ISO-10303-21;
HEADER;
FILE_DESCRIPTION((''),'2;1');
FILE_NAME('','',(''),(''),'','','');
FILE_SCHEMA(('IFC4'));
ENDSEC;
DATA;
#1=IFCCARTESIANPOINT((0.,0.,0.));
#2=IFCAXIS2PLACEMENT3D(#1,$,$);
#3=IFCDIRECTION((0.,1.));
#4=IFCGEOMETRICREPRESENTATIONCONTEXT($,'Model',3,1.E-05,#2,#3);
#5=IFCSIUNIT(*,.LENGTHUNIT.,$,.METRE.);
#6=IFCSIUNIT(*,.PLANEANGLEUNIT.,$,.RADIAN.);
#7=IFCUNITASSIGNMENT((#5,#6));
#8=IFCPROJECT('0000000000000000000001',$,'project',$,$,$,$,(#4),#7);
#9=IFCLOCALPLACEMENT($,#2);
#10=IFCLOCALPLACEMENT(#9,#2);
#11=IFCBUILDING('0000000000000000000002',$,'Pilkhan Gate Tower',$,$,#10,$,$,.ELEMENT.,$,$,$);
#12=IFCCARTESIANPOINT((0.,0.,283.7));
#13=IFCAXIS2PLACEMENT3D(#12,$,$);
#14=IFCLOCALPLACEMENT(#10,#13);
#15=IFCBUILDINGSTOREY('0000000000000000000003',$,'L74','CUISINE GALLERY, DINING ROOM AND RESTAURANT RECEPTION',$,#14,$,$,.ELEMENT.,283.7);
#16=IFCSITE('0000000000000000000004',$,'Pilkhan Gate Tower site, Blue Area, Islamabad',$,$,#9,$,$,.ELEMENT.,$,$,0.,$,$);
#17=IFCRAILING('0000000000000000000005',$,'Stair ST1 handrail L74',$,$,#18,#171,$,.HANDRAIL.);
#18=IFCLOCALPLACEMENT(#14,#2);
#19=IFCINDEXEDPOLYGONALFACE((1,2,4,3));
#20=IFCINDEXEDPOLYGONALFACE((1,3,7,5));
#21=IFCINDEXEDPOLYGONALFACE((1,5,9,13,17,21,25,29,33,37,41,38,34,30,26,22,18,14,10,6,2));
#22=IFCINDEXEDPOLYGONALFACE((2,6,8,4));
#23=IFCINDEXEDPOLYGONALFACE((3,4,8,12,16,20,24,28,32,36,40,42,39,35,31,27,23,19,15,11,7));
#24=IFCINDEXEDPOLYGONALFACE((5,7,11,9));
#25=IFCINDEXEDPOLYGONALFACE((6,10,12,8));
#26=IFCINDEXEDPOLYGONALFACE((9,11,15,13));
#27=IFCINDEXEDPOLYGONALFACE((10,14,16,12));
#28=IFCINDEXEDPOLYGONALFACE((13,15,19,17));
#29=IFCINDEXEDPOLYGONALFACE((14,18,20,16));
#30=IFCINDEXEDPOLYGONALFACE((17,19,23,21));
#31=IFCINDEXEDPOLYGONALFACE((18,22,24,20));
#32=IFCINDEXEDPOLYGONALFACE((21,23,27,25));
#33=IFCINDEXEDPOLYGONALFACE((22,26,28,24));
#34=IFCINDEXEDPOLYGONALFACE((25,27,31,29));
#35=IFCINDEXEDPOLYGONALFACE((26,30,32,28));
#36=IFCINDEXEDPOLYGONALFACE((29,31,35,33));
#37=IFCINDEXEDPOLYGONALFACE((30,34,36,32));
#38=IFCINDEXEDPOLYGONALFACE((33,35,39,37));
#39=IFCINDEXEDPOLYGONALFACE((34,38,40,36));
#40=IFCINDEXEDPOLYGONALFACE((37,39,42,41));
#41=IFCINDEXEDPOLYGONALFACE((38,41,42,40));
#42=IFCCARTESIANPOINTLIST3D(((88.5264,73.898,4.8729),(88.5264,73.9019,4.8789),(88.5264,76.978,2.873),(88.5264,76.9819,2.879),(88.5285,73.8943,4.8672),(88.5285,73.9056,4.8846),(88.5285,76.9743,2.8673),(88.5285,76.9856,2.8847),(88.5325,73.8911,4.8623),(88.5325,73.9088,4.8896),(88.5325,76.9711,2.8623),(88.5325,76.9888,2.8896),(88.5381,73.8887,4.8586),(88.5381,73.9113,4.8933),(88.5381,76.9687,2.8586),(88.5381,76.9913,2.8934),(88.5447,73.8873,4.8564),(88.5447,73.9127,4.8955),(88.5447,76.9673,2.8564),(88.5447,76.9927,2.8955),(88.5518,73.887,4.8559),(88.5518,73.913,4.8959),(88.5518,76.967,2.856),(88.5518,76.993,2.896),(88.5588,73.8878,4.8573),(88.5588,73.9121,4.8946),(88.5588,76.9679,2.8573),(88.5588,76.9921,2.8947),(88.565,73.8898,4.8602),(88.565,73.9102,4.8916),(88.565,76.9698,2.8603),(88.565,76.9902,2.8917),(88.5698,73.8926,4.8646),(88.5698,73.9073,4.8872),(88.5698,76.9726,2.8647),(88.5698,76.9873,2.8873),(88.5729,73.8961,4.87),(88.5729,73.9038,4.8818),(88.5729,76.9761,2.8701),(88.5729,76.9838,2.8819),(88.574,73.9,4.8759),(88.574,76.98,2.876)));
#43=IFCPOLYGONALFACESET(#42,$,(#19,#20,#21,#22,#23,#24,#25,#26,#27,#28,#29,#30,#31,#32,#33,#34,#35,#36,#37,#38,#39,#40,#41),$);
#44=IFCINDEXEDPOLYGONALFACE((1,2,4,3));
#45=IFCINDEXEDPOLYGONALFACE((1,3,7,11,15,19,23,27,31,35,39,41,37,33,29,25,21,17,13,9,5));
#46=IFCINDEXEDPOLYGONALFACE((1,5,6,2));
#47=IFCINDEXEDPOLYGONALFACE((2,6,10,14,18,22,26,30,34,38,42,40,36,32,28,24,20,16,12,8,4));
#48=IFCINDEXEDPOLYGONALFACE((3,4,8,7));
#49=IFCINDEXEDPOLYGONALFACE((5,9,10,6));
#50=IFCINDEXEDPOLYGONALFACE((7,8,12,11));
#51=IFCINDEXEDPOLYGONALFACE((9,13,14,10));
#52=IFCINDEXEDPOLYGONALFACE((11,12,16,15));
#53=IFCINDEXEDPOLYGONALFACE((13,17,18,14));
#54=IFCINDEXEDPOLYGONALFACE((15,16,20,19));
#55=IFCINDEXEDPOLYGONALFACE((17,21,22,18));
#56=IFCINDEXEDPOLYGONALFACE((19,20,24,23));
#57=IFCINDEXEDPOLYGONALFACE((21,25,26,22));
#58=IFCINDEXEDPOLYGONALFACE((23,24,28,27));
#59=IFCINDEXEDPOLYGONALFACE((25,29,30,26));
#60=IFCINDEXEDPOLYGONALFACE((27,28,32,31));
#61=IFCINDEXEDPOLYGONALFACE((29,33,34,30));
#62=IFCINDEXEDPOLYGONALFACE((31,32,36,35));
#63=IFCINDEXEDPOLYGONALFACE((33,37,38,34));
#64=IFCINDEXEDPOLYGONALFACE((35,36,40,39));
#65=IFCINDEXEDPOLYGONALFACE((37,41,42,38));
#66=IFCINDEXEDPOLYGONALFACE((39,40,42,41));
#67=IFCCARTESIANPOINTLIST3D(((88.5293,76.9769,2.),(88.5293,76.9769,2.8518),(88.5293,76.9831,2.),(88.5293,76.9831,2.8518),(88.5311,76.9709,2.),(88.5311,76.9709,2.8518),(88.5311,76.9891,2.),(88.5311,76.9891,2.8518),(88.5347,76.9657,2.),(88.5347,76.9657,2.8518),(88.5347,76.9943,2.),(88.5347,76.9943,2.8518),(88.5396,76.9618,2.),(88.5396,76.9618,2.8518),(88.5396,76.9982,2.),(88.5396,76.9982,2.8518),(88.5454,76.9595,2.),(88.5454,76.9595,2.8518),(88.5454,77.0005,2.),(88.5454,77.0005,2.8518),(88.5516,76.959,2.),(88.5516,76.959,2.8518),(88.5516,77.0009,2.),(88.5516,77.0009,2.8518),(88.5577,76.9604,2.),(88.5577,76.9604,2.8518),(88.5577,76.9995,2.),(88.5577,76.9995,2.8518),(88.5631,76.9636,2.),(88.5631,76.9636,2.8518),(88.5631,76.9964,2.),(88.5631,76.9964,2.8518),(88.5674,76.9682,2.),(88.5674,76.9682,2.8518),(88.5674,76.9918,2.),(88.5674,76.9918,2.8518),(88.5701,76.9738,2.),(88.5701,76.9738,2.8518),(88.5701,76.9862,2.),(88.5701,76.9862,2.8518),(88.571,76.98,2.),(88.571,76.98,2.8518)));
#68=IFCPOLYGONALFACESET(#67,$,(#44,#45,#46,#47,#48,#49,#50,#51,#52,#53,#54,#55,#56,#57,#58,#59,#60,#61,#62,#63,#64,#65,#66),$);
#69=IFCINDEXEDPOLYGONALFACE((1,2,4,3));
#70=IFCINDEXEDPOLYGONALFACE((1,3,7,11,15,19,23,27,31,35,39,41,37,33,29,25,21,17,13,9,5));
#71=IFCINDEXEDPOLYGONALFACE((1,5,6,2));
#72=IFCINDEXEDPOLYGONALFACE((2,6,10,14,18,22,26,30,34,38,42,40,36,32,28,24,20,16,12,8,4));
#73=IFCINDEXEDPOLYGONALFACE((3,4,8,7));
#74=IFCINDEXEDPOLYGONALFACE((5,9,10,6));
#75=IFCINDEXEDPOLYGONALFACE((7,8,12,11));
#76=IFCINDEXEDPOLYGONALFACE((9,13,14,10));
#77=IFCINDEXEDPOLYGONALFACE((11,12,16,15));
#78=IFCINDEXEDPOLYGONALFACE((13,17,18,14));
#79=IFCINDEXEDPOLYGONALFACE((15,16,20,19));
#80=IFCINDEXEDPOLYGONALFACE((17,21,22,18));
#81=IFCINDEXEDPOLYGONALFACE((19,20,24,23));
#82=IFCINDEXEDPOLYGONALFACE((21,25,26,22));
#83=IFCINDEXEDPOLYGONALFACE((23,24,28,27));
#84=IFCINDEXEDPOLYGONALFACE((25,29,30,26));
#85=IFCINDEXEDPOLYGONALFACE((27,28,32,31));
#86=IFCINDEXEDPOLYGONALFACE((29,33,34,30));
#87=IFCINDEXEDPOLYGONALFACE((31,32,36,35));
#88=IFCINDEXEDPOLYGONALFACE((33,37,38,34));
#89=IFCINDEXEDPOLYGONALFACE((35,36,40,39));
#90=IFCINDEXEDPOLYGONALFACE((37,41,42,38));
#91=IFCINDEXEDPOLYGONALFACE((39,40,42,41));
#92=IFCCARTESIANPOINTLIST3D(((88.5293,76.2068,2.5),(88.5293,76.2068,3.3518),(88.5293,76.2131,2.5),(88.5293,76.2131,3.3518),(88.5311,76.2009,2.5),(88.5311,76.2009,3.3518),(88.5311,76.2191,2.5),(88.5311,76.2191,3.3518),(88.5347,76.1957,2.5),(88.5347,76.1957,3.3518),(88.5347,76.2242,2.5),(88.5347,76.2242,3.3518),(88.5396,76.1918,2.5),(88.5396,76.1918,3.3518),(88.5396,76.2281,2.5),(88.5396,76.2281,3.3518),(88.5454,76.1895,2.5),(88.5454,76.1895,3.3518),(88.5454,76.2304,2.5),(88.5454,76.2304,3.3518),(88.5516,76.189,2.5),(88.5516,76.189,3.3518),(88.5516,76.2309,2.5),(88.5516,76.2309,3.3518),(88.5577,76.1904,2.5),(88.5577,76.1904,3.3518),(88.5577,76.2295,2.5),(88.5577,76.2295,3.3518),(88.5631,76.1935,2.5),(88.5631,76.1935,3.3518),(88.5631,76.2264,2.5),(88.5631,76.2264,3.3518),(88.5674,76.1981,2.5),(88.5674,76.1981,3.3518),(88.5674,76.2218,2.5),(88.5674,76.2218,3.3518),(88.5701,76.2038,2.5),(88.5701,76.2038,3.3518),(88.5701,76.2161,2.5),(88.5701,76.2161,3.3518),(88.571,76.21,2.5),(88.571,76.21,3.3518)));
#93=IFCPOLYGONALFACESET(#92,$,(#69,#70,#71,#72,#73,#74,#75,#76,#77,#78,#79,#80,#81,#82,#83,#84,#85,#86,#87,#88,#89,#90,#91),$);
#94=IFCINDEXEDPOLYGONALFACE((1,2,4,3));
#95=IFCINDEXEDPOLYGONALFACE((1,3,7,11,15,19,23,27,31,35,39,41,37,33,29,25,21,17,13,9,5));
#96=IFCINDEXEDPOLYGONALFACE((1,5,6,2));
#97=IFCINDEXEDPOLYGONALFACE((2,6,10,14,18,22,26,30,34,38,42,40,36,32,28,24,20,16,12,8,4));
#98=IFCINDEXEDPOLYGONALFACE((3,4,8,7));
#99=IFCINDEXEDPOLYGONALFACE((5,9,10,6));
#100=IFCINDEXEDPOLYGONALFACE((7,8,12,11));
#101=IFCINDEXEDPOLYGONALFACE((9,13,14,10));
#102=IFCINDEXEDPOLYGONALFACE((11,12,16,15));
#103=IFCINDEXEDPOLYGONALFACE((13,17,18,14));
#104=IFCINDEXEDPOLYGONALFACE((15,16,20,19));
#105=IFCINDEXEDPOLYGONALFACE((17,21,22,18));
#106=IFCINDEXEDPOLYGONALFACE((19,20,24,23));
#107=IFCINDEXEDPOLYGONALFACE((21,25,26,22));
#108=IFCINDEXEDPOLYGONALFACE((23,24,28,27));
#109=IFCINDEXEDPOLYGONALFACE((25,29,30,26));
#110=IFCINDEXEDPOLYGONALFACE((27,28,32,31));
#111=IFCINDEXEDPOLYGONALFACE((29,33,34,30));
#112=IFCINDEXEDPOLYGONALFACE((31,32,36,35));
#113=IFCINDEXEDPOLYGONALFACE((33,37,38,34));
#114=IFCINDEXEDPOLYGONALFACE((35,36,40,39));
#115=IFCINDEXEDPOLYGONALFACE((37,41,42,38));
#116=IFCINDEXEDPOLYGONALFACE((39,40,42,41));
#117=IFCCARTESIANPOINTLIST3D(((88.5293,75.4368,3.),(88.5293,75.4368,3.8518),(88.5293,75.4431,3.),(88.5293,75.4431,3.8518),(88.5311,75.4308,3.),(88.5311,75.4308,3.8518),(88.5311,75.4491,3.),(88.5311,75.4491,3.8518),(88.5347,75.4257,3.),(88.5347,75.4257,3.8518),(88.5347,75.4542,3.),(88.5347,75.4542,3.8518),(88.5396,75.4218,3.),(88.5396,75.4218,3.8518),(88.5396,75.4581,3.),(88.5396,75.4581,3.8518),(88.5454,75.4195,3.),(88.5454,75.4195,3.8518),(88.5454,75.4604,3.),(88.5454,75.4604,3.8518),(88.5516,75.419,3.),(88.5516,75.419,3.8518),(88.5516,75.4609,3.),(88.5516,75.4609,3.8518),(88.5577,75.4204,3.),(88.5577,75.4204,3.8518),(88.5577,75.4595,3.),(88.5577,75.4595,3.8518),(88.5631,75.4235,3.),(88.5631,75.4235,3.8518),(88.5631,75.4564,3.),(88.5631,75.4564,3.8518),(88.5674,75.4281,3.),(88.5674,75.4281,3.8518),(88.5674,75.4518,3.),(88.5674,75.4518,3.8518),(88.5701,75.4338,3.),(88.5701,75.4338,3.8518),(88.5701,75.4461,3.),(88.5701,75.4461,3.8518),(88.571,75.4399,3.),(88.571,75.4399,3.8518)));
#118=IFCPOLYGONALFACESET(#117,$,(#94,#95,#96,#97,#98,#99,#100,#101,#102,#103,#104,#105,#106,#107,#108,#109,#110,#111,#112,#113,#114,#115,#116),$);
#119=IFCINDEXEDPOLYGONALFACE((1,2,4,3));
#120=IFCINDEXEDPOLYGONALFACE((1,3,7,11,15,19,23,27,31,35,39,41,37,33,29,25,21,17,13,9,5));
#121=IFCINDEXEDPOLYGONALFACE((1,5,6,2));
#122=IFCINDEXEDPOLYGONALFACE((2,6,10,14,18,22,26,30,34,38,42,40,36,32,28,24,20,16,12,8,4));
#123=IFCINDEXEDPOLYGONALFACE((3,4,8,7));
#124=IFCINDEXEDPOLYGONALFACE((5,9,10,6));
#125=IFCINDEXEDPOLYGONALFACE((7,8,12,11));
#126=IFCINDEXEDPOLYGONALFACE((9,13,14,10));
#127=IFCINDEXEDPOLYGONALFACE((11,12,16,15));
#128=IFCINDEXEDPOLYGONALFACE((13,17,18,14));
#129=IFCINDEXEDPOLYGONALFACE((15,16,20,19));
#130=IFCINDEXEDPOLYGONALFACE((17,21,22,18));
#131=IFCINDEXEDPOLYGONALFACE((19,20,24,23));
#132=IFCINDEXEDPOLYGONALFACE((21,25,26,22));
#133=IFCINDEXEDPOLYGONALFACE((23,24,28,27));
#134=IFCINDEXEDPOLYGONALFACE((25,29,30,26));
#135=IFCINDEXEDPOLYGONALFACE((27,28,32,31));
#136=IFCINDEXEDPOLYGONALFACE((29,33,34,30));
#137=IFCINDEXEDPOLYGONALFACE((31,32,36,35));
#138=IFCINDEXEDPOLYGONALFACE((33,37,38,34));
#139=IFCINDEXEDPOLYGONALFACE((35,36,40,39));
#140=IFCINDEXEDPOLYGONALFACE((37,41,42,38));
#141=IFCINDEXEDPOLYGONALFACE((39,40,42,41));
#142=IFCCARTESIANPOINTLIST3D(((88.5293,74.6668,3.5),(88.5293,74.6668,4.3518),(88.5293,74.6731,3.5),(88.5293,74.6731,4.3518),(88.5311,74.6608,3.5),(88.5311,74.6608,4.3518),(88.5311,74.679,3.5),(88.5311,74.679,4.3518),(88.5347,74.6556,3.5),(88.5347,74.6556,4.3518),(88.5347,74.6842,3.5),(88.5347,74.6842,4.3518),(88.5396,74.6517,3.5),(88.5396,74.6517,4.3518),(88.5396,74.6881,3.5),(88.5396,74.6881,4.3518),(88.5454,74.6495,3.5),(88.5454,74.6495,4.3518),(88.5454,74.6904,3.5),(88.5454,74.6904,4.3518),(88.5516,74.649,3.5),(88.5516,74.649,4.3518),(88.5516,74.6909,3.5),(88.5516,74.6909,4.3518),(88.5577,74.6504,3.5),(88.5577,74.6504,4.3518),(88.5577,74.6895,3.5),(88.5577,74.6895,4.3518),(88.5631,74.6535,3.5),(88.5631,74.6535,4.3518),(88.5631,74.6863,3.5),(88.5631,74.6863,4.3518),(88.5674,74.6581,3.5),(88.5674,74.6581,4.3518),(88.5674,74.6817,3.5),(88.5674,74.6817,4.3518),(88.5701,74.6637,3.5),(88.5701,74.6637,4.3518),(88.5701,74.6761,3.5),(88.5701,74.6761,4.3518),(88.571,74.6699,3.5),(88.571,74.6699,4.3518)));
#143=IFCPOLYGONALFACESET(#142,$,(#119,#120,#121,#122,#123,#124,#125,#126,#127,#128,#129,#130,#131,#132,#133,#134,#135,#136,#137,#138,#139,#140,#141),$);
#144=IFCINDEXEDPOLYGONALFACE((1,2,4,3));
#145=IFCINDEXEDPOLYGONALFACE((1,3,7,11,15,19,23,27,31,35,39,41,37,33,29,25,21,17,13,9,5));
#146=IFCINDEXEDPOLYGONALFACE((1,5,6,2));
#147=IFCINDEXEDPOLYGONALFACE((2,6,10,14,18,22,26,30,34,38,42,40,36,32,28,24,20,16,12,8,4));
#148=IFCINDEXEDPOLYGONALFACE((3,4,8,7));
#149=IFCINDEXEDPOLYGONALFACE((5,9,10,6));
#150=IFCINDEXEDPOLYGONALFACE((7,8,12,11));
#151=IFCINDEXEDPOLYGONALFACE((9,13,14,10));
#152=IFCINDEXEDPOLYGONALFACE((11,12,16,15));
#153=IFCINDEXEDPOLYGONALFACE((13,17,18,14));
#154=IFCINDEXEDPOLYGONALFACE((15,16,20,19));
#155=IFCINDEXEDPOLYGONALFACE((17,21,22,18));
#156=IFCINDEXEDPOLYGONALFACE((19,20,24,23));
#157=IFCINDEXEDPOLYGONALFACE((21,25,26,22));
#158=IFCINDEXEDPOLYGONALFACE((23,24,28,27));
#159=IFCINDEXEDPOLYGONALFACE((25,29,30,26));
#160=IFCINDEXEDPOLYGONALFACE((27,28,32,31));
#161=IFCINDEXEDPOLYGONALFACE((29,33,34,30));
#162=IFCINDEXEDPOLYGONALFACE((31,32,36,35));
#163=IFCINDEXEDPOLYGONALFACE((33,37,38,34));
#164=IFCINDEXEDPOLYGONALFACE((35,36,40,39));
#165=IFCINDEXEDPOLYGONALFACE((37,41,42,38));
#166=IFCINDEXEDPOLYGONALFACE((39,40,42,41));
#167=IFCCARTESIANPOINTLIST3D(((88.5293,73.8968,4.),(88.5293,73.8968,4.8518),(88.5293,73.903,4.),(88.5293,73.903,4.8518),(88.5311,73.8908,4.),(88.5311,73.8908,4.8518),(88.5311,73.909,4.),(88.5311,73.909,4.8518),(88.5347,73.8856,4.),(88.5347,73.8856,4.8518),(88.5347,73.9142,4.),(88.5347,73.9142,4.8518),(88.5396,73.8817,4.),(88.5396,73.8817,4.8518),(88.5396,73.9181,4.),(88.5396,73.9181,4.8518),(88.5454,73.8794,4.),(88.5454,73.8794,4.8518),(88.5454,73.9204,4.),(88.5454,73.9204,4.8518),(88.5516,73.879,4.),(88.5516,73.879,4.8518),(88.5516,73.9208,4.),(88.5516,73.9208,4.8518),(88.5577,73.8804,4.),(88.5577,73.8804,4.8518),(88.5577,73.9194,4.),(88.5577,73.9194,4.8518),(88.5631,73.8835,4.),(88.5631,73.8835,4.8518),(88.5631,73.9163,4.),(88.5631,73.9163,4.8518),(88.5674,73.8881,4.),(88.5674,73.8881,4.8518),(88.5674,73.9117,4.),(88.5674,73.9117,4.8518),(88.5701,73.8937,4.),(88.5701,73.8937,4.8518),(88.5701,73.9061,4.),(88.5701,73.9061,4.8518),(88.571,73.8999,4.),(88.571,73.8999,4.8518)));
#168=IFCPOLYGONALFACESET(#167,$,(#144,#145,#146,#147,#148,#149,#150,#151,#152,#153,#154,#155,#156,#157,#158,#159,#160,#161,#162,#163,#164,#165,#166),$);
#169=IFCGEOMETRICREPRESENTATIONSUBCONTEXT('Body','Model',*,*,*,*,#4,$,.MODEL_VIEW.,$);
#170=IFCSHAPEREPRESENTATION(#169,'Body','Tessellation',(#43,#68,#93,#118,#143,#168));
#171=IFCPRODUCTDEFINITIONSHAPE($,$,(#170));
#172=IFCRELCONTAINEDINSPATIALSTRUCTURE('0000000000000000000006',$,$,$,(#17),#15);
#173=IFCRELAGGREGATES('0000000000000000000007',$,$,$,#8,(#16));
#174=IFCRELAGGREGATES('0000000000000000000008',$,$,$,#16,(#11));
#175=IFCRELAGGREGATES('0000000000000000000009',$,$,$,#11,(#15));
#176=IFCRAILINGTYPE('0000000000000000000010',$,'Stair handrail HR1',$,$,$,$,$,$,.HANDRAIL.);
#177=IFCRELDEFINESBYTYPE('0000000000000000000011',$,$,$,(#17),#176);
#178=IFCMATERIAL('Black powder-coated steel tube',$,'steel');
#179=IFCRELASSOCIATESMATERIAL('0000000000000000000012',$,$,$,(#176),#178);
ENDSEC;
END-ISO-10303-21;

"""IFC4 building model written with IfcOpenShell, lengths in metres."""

from ifc_helpers import new_model, si_unit, direction, frame, origin, origin_2d, place, context, subcontext, project, spatial, circle, extrude, material, type_object, element, save


model = new_model("IFC4")

# Units and contexts
model_context = context("Model", 3, precision=1e-05, world=origin(), true_north=direction((0.0, 1.0)))
body_context = subcontext(model_context, "Body", "Model", "MODEL_VIEW")
ifc_project = project(units=[si_unit("LENGTHUNIT", "METRE"), si_unit("PLANEANGLEUNIT", "RADIAN")], contexts=[model_context])

# Site, building, storey
site_placement = place(None, origin())
site = spatial("IfcSite", under=ifc_project, at=site_placement, Name="Pilkhan Gate Tower site, Blue Area, Islamabad", CompositionType="ELEMENT", RefElevation=0.0)
building_placement = place(site_placement, origin())
building = spatial("IfcBuilding", under=site, at=building_placement, Name="Pilkhan Gate Tower", CompositionType="ELEMENT")
storey_placement = place(building_placement, frame((0.0, 0.0, 283.7)))
storey = spatial("IfcBuildingStorey", under=building, at=storey_placement, Name="L74", Description="CUISINE GALLERY, DINING ROOM AND RESTAURANT RECEPTION", CompositionType="ELEMENT", Elevation=283.7)

# Railing
ifc_material_1 = material(Name="Black powder-coated steel tube", Category="steel")
railing_type_1 = type_object("IfcRailingType", Name="Stair handrail HR1", PredefinedType="HANDRAIL", material=ifc_material_1)
railing_1_placement = place(storey_placement, frame((88.55, 76.98, 2.0)))
element("IfcRailing", 1, at=railing_1_placement, inside=storey, type_object=railing_type_1, Name="Stair ST1 handrail L74", PredefinedType="HANDRAIL", context=body_context, shape_type="SweptSolid", body=[
    extrude(circle(Radius=0.0239, at=origin_2d()), frame((0.0, 0.0, 0.876), z_axis=(0.0, -0.838699, 0.544596), x_axis=(1.0, 0.0, 0.0)), (0.0, 0.0, 1.0), 3.6724),
    extrude(circle(Radius=0.021, at=origin_2d()), origin(), (0.0, 0.0, 1.0), 0.8518),
    extrude(circle(Radius=0.021, at=origin_2d()), frame((0.0, -0.77, 0.5)), (0.0, 0.0, 1.0), 0.8518),
    extrude(circle(Radius=0.021, at=origin_2d()), frame((0.0, -1.54, 1.0)), (0.0, 0.0, 1.0), 0.8518),
    extrude(circle(Radius=0.021, at=origin_2d()), frame((0.0, -2.3101, 1.5)), (0.0, 0.0, 1.0), 0.8518),
    extrude(circle(Radius=0.021, at=origin_2d()), frame((0.0, -3.0801, 2.0)), (0.0, 0.0, 1.0), 0.8518),
])

save(model, "model.ifc")
